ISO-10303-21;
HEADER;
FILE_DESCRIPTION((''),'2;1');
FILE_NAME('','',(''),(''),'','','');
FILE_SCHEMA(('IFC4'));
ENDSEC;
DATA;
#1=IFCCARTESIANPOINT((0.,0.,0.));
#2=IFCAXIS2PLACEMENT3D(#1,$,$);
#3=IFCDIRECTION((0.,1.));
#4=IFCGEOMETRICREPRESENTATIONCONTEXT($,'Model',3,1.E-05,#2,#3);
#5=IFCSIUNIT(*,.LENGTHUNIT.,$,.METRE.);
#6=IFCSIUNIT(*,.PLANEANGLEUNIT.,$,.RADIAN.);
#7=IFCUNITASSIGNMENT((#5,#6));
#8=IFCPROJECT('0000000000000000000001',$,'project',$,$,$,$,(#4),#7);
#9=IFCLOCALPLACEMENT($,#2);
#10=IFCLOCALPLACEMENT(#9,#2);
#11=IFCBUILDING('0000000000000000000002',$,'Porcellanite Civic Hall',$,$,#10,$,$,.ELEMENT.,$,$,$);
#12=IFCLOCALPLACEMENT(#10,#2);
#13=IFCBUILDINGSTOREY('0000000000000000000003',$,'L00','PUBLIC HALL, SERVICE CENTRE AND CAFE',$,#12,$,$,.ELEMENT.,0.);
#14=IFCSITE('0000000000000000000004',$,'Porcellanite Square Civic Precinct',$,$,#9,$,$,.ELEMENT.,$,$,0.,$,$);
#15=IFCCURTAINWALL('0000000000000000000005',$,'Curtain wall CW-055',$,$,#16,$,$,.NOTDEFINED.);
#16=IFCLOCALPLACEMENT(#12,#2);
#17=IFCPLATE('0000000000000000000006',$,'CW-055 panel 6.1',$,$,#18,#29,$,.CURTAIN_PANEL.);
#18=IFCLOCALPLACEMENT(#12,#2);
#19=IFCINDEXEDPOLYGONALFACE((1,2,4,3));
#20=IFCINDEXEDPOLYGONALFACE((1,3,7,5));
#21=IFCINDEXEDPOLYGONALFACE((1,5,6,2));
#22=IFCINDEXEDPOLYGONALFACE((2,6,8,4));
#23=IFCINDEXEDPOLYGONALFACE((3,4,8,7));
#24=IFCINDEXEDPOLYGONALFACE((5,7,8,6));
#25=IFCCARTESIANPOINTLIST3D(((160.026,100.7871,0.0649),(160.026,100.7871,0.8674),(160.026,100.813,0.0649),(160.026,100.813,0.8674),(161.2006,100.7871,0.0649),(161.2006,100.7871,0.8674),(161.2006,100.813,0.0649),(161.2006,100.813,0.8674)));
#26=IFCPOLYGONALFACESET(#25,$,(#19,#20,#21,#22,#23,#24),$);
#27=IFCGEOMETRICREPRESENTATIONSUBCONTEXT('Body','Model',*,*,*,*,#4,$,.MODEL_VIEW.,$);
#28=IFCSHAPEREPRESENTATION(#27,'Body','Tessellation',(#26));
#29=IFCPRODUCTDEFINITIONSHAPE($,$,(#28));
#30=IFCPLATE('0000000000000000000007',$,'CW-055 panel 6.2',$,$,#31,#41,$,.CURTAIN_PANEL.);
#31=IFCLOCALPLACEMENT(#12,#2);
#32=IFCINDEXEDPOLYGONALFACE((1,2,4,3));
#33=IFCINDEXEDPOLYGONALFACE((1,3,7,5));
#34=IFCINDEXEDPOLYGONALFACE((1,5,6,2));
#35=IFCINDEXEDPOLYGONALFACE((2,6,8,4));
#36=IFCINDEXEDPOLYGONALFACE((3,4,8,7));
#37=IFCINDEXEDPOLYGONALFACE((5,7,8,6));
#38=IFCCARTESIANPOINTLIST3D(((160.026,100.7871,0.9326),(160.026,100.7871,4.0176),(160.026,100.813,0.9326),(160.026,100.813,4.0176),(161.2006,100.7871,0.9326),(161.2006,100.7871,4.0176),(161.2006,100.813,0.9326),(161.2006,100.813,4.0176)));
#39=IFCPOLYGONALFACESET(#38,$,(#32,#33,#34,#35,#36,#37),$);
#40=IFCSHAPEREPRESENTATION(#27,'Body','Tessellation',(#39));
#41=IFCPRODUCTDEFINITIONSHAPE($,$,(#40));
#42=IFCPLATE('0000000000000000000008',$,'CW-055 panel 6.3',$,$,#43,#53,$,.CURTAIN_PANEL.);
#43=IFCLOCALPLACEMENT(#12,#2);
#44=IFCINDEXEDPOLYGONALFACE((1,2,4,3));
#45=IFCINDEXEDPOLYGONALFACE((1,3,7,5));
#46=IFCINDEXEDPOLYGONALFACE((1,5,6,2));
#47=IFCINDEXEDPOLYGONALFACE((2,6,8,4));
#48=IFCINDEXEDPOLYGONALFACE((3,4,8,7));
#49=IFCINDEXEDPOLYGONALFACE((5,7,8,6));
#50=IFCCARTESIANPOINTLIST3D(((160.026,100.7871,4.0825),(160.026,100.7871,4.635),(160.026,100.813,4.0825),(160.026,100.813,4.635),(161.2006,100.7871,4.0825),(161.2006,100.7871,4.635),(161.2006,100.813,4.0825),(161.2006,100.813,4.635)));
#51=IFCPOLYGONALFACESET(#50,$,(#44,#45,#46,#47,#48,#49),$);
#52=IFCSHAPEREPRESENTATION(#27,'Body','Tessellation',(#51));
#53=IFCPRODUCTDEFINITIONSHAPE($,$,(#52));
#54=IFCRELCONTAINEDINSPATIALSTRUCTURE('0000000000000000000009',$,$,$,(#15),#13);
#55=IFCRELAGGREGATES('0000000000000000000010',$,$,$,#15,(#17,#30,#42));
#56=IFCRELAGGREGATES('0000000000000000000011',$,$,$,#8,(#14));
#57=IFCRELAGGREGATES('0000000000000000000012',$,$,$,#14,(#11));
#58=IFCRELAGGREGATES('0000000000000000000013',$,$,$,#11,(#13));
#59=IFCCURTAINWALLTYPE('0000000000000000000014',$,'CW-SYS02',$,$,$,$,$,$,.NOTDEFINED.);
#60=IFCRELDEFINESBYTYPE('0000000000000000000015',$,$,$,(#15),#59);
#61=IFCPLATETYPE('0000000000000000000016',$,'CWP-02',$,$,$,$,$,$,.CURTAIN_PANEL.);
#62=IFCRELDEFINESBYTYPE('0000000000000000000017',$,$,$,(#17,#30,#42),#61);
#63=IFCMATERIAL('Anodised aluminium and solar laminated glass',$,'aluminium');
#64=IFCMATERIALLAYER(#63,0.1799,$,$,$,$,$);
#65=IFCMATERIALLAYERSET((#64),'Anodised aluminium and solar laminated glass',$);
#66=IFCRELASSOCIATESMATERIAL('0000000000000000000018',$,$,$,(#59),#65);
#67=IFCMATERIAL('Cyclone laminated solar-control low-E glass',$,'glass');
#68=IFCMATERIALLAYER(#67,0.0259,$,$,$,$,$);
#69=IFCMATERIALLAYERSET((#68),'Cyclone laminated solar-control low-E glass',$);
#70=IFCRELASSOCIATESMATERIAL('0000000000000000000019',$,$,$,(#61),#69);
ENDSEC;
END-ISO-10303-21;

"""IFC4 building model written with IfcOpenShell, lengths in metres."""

from ifc_helpers import new_model, si_unit, direction, frame, origin, origin_2d, place, context, subcontext, project, spatial, rectangle, extrude, material, layer, layer_set, type_object, element, aggregate, save


model = new_model("IFC4")

# Units and contexts
model_context = context("Model", 3, precision=1e-05, world=origin(), true_north=direction((0.0, 1.0)))
body_context = subcontext(model_context, "Body", "Model", "MODEL_VIEW")
ifc_project = project(units=[si_unit("LENGTHUNIT", "METRE"), si_unit("PLANEANGLEUNIT", "RADIAN")], contexts=[model_context])

# Site, building, storey
site_placement = place(None, origin())
site = spatial("IfcSite", under=ifc_project, at=site_placement, Name="Porcellanite Square Civic Precinct", CompositionType="ELEMENT", RefElevation=0.0)
building_placement = place(site_placement, origin())
building = spatial("IfcBuilding", under=site, at=building_placement, Name="Porcellanite Civic Hall", CompositionType="ELEMENT")
storey_placement = place(building_placement, origin())
storey = spatial("IfcBuildingStorey", under=building, at=storey_placement, Name="L00", Description="PUBLIC HALL, SERVICE CENTRE AND CAFE", CompositionType="ELEMENT", Elevation=0.0)

# Curtain wall, plates
ifc_material_1 = material(Name="Anodised aluminium and solar laminated glass", Category="aluminium")
ifc_layer_1 = layer(ifc_material_1, 0.1799)
ifc_layer_set_1 = layer_set([ifc_layer_1], Name="Anodised aluminium and solar laminated glass")
curtain_wall_type = type_object("IfcCurtainWallType", Name="CW-SYS02", PredefinedType="NOTDEFINED", material=ifc_layer_set_1)
curtain_wall_placement = place(storey_placement, origin())
curtain_wall = element("IfcCurtainWall", 1, at=curtain_wall_placement, inside=storey, type_object=curtain_wall_type, Name="Curtain wall CW-055", PredefinedType="NOTDEFINED")
ifc_material_2 = material(Name="Cyclone laminated solar-control low-E glass", Category="glass")
ifc_layer_2 = layer(ifc_material_2, 0.0259)
ifc_layer_set_2 = layer_set([ifc_layer_2], Name="Cyclone laminated solar-control low-E glass")
plate_type = type_object("IfcPlateType", Name="CWP-02", PredefinedType="CURTAIN_PANEL", material=ifc_layer_set_2)
plate_1_placement = place(storey_placement, frame((160.6133, 100.8, 0.0649), z_axis=(0.0, 0.0, 1.0), x_axis=(-1.0, 0.0, 0.0)))
plate_1 = element("IfcPlate", 2, at=plate_1_placement, type_object=plate_type, Name="CW-055 panel 6.1", PredefinedType="CURTAIN_PANEL", context=body_context, shape_type="SweptSolid", body=[
    extrude(rectangle(XDim=1.1746, YDim=0.0259, at=origin_2d()), origin(), (0.0, 0.0, 1.0), 0.8025),
])
plate_2_placement = place(storey_placement, frame((160.6133, 100.8, 0.9326), z_axis=(0.0, 0.0, 1.0), x_axis=(-1.0, 0.0, 0.0)))
plate_2 = element("IfcPlate", 3, at=plate_2_placement, type_object=plate_type, Name="CW-055 panel 6.2", PredefinedType="CURTAIN_PANEL", context=body_context, shape_type="SweptSolid", body=[
    extrude(rectangle(XDim=1.1746, YDim=0.0259, at=origin_2d()), origin(), (0.0, 0.0, 1.0), 3.085),
])
plate_3_placement = place(storey_placement, frame((160.6133, 100.8, 4.0825), z_axis=(0.0, 0.0, 1.0), x_axis=(-1.0, 0.0, 0.0)))
plate_3 = element("IfcPlate", 4, at=plate_3_placement, type_object=plate_type, Name="CW-055 panel 6.3", PredefinedType="CURTAIN_PANEL", context=body_context, shape_type="SweptSolid", body=[
    extrude(rectangle(XDim=1.1746, YDim=0.0259, at=origin_2d()), origin(), (0.0, 0.0, 1.0), 0.5525),
])
aggregate(curtain_wall, [plate_1, plate_2, plate_3])

save(model, "model.ifc")
